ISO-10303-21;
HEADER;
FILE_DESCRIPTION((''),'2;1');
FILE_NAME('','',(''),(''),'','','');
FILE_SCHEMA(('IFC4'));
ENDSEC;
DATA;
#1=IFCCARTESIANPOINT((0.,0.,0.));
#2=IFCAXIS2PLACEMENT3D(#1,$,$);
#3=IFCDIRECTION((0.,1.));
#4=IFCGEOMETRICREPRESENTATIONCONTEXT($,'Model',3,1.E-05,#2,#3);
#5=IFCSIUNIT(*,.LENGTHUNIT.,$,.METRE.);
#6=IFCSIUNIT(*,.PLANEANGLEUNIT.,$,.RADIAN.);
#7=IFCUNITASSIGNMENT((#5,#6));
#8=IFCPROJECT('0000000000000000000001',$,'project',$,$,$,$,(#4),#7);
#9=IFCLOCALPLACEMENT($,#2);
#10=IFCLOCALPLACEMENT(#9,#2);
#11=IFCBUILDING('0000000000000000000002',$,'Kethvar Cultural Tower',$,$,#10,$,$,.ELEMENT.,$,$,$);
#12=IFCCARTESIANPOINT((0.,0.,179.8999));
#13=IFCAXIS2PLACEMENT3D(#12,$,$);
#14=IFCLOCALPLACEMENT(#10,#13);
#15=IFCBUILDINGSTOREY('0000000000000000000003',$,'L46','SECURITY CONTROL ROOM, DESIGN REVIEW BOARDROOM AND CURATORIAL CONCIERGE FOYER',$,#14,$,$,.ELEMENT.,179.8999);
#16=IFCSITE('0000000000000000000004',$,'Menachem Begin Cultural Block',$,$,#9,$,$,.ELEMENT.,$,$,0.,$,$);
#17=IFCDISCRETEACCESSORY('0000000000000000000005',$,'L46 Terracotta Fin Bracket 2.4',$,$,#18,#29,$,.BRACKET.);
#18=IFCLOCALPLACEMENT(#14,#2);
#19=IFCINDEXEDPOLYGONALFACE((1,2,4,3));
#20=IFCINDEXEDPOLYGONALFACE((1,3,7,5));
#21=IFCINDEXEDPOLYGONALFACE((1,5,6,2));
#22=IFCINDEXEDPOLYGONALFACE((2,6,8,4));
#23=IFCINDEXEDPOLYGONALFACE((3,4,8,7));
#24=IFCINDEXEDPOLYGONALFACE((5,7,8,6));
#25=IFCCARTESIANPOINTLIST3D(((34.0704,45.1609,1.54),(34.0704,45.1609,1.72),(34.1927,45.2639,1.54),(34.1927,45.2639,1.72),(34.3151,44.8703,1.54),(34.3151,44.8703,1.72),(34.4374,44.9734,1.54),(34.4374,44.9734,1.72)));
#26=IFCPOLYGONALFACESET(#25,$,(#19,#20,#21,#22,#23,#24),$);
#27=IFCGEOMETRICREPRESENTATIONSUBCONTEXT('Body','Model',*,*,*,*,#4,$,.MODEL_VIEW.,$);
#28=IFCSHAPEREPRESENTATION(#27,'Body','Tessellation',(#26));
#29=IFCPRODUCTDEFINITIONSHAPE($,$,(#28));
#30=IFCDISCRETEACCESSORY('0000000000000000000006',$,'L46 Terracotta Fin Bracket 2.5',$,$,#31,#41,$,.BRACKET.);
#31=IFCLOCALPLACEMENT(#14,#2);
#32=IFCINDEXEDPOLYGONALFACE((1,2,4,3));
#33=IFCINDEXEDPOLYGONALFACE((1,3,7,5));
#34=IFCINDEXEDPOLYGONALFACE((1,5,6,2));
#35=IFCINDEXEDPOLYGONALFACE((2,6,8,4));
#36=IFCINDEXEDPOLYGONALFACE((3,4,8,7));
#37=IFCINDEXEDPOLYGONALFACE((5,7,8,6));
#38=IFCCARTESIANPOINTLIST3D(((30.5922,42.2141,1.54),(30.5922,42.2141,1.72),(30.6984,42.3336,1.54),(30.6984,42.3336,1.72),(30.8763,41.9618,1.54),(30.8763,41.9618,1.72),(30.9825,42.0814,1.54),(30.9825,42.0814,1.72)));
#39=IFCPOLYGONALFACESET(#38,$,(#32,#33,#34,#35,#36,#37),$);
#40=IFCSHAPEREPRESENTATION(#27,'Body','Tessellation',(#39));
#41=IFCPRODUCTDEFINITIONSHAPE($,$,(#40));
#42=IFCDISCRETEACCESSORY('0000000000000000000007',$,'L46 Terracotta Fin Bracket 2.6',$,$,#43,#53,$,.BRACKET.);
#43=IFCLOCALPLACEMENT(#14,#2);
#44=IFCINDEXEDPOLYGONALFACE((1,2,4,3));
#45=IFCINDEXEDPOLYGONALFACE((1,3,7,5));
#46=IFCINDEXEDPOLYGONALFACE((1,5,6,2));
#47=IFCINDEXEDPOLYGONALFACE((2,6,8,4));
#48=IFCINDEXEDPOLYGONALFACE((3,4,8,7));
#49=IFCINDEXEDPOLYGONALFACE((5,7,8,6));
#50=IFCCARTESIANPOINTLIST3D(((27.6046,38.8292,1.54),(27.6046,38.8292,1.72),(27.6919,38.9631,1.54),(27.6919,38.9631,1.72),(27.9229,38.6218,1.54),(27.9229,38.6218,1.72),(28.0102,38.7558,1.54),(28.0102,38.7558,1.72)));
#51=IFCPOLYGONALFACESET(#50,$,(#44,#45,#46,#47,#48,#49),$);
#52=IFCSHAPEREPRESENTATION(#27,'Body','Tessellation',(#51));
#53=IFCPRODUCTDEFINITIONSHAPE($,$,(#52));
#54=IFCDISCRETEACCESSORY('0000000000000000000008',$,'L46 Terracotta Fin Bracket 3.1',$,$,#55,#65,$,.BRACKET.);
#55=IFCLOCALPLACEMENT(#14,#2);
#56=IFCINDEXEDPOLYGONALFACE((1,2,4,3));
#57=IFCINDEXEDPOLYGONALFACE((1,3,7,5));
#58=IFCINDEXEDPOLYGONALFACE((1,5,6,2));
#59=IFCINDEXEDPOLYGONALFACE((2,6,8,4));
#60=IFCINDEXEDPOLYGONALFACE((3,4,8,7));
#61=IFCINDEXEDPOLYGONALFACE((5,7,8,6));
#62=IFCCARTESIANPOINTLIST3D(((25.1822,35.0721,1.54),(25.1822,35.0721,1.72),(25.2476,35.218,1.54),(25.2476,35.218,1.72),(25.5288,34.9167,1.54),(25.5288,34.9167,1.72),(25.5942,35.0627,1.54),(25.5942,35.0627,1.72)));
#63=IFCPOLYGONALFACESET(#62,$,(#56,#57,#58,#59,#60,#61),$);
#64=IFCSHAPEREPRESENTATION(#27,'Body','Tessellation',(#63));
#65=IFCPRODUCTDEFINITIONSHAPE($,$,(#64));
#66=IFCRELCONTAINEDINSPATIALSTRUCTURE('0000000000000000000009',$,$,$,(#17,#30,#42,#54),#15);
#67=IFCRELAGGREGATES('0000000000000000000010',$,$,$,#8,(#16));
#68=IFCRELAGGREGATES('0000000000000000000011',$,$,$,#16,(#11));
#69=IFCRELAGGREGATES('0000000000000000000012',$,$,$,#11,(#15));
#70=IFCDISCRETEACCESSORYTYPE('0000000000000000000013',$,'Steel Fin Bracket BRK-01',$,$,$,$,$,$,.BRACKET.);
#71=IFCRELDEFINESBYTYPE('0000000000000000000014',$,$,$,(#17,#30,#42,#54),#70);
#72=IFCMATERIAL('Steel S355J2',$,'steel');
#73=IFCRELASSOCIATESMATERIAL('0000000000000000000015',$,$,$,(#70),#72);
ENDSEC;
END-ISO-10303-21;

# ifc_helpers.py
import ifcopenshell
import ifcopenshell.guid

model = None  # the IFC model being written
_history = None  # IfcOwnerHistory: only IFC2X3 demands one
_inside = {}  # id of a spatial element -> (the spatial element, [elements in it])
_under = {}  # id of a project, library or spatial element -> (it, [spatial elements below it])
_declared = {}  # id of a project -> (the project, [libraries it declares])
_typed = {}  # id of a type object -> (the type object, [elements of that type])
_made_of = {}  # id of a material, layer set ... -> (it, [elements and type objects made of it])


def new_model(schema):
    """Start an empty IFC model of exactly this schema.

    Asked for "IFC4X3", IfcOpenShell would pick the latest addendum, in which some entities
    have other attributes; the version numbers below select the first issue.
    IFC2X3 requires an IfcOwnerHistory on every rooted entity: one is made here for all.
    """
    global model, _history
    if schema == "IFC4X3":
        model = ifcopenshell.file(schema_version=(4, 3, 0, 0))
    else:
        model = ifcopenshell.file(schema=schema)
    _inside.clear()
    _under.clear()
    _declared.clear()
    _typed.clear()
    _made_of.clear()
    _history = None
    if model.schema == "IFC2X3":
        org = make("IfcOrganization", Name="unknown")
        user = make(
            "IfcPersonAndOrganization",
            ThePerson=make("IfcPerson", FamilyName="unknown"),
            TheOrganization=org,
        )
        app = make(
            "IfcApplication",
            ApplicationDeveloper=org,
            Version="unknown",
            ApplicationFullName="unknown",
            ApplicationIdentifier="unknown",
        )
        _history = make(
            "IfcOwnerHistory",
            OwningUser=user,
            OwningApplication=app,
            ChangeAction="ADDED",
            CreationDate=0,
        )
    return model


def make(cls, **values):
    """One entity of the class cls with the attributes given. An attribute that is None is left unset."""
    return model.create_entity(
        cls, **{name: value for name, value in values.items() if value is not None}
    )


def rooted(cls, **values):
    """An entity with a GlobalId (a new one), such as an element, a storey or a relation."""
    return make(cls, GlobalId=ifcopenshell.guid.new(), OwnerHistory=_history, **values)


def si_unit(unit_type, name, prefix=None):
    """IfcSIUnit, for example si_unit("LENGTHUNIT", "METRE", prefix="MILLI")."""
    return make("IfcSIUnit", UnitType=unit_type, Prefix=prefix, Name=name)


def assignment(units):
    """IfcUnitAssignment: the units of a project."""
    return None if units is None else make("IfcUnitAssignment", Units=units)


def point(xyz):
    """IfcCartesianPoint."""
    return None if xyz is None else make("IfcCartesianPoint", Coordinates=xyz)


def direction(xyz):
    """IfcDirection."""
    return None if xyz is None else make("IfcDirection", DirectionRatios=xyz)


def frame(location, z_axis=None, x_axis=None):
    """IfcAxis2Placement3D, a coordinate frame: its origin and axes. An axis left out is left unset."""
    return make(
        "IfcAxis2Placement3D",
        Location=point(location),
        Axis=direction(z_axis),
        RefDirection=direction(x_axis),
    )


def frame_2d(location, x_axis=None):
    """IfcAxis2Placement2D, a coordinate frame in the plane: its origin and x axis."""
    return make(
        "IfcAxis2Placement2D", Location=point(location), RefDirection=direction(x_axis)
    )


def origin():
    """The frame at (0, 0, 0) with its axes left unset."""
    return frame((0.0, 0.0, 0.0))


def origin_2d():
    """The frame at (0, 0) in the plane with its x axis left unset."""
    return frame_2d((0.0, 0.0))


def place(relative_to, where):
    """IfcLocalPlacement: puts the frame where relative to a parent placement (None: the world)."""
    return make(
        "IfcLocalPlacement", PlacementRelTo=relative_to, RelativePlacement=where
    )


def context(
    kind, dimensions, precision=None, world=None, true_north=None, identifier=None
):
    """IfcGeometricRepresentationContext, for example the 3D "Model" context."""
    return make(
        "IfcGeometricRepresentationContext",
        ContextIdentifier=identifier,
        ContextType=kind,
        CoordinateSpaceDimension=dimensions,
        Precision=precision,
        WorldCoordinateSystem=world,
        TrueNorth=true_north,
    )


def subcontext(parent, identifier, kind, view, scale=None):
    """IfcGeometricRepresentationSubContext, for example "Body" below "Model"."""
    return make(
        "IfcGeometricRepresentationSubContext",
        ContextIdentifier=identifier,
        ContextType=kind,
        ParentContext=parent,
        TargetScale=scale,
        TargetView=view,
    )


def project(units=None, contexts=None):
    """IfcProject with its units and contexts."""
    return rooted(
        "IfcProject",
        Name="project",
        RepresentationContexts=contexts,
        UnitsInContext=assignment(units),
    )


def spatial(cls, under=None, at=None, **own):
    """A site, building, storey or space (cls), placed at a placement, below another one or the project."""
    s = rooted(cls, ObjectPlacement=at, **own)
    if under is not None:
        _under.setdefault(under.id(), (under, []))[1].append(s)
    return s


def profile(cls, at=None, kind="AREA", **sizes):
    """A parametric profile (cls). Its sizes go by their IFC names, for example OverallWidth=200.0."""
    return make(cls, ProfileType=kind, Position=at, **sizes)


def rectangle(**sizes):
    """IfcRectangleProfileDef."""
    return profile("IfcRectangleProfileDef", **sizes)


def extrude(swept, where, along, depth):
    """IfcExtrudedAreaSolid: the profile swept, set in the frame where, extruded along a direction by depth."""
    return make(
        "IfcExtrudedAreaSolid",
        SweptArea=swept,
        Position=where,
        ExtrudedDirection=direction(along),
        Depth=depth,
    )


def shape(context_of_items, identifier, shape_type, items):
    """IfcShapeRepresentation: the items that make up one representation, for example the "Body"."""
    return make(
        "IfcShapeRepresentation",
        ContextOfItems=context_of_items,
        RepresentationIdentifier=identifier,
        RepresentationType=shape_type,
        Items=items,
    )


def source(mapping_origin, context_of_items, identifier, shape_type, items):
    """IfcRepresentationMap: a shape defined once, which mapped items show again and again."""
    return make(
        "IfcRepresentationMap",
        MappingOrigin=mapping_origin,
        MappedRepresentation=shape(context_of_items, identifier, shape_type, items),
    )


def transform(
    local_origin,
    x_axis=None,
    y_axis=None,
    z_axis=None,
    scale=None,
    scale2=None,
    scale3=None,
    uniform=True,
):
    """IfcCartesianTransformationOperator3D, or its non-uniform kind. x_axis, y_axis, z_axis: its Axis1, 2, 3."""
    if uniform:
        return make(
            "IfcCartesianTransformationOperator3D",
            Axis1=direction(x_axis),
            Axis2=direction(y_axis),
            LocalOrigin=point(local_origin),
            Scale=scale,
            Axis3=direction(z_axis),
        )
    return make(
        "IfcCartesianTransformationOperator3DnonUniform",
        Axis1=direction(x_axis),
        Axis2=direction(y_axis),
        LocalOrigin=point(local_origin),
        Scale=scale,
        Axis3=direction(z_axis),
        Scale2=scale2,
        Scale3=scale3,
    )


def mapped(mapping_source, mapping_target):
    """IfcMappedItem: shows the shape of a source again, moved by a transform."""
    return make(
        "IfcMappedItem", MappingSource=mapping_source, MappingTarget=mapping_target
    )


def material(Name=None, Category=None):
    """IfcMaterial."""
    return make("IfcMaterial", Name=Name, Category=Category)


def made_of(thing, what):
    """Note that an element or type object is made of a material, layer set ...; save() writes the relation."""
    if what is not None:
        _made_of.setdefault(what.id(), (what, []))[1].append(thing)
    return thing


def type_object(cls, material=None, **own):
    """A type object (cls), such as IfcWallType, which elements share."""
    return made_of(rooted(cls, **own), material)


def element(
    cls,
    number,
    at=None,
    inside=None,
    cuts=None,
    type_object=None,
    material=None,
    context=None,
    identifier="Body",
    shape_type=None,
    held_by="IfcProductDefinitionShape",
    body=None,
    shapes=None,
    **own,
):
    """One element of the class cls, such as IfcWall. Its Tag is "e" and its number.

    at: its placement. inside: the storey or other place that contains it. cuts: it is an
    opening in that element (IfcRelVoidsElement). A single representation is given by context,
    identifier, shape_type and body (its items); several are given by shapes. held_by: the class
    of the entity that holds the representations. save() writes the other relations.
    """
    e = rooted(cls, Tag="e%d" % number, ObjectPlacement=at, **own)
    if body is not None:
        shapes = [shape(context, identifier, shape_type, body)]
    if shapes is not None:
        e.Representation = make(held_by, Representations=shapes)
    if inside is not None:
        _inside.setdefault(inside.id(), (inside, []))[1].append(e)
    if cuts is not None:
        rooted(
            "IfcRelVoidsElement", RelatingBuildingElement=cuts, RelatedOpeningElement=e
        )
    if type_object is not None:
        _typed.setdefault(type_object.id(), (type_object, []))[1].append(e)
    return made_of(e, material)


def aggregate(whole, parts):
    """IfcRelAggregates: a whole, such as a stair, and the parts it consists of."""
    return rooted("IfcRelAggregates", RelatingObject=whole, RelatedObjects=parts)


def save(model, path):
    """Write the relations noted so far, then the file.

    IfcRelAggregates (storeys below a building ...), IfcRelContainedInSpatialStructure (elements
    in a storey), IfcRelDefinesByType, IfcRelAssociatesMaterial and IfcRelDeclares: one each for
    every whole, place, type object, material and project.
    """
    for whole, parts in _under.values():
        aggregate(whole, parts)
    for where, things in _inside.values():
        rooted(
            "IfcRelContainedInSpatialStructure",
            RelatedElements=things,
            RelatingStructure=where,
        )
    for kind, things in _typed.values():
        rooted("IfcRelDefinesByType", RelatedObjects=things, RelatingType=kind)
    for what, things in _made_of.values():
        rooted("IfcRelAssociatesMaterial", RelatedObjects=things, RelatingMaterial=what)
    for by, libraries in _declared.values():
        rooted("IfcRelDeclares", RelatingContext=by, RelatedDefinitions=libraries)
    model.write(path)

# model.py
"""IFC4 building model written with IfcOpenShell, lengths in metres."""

from ifc_helpers import new_model, si_unit, direction, frame, origin, origin_2d, place, context, subcontext, project, spatial, rectangle, extrude, source, transform, mapped, material, type_object, element, save


model = new_model("IFC4")

# Units and contexts
model_context = context("Model", 3, precision=1e-05, world=origin(), true_north=direction((0.0, 1.0)))
body_context = subcontext(model_context, "Body", "Model", "MODEL_VIEW")
ifc_project = project(units=[si_unit("LENGTHUNIT", "METRE"), si_unit("PLANEANGLEUNIT", "RADIAN")], contexts=[model_context])

# Site, building, storey
site_placement = place(None, origin())
site = spatial("IfcSite", under=ifc_project, at=site_placement, Name="Menachem Begin Cultural Block", CompositionType="ELEMENT", RefElevation=0.0)
building_placement = place(site_placement, origin())
building = spatial("IfcBuilding", under=site, at=building_placement, Name="Kethvar Cultural Tower", CompositionType="ELEMENT")
storey_placement = place(building_placement, frame((0.0, 0.0, 179.8999)))
storey = spatial("IfcBuildingStorey", under=building, at=storey_placement, Name="L46", Description="SECURITY CONTROL ROOM, DESIGN REVIEW BOARDROOM AND CURATORIAL CONCIERGE FOYER", CompositionType="ELEMENT", Elevation=179.8999)

# Shared definitions
ifc_material_1 = material(Name="Steel S355J2", Category="steel")

# Discrete accessories
discrete_accessory_type = type_object("IfcDiscreteAccessoryType", Name="Steel Fin Bracket BRK-01", PredefinedType="BRACKET", material=ifc_material_1)
shared_shape_1 = source(origin(), body_context, "Body", "SweptSolid", [
    extrude(rectangle(XDim=0.3799, YDim=0.1599, at=origin_2d()), origin(), (0.0, 0.0, 1.0), 0.1799),
])
for number, where, z_axis, x_axis, name in (
    (1, (34.2539, 45.0671, 1.54), (0.0, 0.0, 1.0), (-0.644124, 0.764921, 0.0), "L46 Terracotta Fin Bracket 2.4"),
    (2, (30.7874, 42.1477, 1.54), (0.0, 0.0, 1.0), (-0.747682, 0.664057, 0.0), "L46 Terracotta Fin Bracket 2.5"),
    (3, (27.8074, 38.7925, 1.54), (0.0, 0.0, 1.0), (-0.837909, 0.54581, 0.0), "L46 Terracotta Fin Bracket 2.6"),
    (4, (25.3882, 35.0674, 1.54), (0.0, 0.0, 1.0), (-0.912549, 0.408968, 0.0), "L46 Terracotta Fin Bracket 3.1"),
):
    element("IfcDiscreteAccessory", number, at=place(storey_placement, frame(where, z_axis=z_axis, x_axis=x_axis)), inside=storey, type_object=discrete_accessory_type, Name=name, PredefinedType="BRACKET", context=body_context, shape_type="MappedRepresentation", body=[
        mapped(shared_shape_1, transform((0.0, 0.0, 0.0), scale=1.0)),
    ])

save(model, "model.ifc")
